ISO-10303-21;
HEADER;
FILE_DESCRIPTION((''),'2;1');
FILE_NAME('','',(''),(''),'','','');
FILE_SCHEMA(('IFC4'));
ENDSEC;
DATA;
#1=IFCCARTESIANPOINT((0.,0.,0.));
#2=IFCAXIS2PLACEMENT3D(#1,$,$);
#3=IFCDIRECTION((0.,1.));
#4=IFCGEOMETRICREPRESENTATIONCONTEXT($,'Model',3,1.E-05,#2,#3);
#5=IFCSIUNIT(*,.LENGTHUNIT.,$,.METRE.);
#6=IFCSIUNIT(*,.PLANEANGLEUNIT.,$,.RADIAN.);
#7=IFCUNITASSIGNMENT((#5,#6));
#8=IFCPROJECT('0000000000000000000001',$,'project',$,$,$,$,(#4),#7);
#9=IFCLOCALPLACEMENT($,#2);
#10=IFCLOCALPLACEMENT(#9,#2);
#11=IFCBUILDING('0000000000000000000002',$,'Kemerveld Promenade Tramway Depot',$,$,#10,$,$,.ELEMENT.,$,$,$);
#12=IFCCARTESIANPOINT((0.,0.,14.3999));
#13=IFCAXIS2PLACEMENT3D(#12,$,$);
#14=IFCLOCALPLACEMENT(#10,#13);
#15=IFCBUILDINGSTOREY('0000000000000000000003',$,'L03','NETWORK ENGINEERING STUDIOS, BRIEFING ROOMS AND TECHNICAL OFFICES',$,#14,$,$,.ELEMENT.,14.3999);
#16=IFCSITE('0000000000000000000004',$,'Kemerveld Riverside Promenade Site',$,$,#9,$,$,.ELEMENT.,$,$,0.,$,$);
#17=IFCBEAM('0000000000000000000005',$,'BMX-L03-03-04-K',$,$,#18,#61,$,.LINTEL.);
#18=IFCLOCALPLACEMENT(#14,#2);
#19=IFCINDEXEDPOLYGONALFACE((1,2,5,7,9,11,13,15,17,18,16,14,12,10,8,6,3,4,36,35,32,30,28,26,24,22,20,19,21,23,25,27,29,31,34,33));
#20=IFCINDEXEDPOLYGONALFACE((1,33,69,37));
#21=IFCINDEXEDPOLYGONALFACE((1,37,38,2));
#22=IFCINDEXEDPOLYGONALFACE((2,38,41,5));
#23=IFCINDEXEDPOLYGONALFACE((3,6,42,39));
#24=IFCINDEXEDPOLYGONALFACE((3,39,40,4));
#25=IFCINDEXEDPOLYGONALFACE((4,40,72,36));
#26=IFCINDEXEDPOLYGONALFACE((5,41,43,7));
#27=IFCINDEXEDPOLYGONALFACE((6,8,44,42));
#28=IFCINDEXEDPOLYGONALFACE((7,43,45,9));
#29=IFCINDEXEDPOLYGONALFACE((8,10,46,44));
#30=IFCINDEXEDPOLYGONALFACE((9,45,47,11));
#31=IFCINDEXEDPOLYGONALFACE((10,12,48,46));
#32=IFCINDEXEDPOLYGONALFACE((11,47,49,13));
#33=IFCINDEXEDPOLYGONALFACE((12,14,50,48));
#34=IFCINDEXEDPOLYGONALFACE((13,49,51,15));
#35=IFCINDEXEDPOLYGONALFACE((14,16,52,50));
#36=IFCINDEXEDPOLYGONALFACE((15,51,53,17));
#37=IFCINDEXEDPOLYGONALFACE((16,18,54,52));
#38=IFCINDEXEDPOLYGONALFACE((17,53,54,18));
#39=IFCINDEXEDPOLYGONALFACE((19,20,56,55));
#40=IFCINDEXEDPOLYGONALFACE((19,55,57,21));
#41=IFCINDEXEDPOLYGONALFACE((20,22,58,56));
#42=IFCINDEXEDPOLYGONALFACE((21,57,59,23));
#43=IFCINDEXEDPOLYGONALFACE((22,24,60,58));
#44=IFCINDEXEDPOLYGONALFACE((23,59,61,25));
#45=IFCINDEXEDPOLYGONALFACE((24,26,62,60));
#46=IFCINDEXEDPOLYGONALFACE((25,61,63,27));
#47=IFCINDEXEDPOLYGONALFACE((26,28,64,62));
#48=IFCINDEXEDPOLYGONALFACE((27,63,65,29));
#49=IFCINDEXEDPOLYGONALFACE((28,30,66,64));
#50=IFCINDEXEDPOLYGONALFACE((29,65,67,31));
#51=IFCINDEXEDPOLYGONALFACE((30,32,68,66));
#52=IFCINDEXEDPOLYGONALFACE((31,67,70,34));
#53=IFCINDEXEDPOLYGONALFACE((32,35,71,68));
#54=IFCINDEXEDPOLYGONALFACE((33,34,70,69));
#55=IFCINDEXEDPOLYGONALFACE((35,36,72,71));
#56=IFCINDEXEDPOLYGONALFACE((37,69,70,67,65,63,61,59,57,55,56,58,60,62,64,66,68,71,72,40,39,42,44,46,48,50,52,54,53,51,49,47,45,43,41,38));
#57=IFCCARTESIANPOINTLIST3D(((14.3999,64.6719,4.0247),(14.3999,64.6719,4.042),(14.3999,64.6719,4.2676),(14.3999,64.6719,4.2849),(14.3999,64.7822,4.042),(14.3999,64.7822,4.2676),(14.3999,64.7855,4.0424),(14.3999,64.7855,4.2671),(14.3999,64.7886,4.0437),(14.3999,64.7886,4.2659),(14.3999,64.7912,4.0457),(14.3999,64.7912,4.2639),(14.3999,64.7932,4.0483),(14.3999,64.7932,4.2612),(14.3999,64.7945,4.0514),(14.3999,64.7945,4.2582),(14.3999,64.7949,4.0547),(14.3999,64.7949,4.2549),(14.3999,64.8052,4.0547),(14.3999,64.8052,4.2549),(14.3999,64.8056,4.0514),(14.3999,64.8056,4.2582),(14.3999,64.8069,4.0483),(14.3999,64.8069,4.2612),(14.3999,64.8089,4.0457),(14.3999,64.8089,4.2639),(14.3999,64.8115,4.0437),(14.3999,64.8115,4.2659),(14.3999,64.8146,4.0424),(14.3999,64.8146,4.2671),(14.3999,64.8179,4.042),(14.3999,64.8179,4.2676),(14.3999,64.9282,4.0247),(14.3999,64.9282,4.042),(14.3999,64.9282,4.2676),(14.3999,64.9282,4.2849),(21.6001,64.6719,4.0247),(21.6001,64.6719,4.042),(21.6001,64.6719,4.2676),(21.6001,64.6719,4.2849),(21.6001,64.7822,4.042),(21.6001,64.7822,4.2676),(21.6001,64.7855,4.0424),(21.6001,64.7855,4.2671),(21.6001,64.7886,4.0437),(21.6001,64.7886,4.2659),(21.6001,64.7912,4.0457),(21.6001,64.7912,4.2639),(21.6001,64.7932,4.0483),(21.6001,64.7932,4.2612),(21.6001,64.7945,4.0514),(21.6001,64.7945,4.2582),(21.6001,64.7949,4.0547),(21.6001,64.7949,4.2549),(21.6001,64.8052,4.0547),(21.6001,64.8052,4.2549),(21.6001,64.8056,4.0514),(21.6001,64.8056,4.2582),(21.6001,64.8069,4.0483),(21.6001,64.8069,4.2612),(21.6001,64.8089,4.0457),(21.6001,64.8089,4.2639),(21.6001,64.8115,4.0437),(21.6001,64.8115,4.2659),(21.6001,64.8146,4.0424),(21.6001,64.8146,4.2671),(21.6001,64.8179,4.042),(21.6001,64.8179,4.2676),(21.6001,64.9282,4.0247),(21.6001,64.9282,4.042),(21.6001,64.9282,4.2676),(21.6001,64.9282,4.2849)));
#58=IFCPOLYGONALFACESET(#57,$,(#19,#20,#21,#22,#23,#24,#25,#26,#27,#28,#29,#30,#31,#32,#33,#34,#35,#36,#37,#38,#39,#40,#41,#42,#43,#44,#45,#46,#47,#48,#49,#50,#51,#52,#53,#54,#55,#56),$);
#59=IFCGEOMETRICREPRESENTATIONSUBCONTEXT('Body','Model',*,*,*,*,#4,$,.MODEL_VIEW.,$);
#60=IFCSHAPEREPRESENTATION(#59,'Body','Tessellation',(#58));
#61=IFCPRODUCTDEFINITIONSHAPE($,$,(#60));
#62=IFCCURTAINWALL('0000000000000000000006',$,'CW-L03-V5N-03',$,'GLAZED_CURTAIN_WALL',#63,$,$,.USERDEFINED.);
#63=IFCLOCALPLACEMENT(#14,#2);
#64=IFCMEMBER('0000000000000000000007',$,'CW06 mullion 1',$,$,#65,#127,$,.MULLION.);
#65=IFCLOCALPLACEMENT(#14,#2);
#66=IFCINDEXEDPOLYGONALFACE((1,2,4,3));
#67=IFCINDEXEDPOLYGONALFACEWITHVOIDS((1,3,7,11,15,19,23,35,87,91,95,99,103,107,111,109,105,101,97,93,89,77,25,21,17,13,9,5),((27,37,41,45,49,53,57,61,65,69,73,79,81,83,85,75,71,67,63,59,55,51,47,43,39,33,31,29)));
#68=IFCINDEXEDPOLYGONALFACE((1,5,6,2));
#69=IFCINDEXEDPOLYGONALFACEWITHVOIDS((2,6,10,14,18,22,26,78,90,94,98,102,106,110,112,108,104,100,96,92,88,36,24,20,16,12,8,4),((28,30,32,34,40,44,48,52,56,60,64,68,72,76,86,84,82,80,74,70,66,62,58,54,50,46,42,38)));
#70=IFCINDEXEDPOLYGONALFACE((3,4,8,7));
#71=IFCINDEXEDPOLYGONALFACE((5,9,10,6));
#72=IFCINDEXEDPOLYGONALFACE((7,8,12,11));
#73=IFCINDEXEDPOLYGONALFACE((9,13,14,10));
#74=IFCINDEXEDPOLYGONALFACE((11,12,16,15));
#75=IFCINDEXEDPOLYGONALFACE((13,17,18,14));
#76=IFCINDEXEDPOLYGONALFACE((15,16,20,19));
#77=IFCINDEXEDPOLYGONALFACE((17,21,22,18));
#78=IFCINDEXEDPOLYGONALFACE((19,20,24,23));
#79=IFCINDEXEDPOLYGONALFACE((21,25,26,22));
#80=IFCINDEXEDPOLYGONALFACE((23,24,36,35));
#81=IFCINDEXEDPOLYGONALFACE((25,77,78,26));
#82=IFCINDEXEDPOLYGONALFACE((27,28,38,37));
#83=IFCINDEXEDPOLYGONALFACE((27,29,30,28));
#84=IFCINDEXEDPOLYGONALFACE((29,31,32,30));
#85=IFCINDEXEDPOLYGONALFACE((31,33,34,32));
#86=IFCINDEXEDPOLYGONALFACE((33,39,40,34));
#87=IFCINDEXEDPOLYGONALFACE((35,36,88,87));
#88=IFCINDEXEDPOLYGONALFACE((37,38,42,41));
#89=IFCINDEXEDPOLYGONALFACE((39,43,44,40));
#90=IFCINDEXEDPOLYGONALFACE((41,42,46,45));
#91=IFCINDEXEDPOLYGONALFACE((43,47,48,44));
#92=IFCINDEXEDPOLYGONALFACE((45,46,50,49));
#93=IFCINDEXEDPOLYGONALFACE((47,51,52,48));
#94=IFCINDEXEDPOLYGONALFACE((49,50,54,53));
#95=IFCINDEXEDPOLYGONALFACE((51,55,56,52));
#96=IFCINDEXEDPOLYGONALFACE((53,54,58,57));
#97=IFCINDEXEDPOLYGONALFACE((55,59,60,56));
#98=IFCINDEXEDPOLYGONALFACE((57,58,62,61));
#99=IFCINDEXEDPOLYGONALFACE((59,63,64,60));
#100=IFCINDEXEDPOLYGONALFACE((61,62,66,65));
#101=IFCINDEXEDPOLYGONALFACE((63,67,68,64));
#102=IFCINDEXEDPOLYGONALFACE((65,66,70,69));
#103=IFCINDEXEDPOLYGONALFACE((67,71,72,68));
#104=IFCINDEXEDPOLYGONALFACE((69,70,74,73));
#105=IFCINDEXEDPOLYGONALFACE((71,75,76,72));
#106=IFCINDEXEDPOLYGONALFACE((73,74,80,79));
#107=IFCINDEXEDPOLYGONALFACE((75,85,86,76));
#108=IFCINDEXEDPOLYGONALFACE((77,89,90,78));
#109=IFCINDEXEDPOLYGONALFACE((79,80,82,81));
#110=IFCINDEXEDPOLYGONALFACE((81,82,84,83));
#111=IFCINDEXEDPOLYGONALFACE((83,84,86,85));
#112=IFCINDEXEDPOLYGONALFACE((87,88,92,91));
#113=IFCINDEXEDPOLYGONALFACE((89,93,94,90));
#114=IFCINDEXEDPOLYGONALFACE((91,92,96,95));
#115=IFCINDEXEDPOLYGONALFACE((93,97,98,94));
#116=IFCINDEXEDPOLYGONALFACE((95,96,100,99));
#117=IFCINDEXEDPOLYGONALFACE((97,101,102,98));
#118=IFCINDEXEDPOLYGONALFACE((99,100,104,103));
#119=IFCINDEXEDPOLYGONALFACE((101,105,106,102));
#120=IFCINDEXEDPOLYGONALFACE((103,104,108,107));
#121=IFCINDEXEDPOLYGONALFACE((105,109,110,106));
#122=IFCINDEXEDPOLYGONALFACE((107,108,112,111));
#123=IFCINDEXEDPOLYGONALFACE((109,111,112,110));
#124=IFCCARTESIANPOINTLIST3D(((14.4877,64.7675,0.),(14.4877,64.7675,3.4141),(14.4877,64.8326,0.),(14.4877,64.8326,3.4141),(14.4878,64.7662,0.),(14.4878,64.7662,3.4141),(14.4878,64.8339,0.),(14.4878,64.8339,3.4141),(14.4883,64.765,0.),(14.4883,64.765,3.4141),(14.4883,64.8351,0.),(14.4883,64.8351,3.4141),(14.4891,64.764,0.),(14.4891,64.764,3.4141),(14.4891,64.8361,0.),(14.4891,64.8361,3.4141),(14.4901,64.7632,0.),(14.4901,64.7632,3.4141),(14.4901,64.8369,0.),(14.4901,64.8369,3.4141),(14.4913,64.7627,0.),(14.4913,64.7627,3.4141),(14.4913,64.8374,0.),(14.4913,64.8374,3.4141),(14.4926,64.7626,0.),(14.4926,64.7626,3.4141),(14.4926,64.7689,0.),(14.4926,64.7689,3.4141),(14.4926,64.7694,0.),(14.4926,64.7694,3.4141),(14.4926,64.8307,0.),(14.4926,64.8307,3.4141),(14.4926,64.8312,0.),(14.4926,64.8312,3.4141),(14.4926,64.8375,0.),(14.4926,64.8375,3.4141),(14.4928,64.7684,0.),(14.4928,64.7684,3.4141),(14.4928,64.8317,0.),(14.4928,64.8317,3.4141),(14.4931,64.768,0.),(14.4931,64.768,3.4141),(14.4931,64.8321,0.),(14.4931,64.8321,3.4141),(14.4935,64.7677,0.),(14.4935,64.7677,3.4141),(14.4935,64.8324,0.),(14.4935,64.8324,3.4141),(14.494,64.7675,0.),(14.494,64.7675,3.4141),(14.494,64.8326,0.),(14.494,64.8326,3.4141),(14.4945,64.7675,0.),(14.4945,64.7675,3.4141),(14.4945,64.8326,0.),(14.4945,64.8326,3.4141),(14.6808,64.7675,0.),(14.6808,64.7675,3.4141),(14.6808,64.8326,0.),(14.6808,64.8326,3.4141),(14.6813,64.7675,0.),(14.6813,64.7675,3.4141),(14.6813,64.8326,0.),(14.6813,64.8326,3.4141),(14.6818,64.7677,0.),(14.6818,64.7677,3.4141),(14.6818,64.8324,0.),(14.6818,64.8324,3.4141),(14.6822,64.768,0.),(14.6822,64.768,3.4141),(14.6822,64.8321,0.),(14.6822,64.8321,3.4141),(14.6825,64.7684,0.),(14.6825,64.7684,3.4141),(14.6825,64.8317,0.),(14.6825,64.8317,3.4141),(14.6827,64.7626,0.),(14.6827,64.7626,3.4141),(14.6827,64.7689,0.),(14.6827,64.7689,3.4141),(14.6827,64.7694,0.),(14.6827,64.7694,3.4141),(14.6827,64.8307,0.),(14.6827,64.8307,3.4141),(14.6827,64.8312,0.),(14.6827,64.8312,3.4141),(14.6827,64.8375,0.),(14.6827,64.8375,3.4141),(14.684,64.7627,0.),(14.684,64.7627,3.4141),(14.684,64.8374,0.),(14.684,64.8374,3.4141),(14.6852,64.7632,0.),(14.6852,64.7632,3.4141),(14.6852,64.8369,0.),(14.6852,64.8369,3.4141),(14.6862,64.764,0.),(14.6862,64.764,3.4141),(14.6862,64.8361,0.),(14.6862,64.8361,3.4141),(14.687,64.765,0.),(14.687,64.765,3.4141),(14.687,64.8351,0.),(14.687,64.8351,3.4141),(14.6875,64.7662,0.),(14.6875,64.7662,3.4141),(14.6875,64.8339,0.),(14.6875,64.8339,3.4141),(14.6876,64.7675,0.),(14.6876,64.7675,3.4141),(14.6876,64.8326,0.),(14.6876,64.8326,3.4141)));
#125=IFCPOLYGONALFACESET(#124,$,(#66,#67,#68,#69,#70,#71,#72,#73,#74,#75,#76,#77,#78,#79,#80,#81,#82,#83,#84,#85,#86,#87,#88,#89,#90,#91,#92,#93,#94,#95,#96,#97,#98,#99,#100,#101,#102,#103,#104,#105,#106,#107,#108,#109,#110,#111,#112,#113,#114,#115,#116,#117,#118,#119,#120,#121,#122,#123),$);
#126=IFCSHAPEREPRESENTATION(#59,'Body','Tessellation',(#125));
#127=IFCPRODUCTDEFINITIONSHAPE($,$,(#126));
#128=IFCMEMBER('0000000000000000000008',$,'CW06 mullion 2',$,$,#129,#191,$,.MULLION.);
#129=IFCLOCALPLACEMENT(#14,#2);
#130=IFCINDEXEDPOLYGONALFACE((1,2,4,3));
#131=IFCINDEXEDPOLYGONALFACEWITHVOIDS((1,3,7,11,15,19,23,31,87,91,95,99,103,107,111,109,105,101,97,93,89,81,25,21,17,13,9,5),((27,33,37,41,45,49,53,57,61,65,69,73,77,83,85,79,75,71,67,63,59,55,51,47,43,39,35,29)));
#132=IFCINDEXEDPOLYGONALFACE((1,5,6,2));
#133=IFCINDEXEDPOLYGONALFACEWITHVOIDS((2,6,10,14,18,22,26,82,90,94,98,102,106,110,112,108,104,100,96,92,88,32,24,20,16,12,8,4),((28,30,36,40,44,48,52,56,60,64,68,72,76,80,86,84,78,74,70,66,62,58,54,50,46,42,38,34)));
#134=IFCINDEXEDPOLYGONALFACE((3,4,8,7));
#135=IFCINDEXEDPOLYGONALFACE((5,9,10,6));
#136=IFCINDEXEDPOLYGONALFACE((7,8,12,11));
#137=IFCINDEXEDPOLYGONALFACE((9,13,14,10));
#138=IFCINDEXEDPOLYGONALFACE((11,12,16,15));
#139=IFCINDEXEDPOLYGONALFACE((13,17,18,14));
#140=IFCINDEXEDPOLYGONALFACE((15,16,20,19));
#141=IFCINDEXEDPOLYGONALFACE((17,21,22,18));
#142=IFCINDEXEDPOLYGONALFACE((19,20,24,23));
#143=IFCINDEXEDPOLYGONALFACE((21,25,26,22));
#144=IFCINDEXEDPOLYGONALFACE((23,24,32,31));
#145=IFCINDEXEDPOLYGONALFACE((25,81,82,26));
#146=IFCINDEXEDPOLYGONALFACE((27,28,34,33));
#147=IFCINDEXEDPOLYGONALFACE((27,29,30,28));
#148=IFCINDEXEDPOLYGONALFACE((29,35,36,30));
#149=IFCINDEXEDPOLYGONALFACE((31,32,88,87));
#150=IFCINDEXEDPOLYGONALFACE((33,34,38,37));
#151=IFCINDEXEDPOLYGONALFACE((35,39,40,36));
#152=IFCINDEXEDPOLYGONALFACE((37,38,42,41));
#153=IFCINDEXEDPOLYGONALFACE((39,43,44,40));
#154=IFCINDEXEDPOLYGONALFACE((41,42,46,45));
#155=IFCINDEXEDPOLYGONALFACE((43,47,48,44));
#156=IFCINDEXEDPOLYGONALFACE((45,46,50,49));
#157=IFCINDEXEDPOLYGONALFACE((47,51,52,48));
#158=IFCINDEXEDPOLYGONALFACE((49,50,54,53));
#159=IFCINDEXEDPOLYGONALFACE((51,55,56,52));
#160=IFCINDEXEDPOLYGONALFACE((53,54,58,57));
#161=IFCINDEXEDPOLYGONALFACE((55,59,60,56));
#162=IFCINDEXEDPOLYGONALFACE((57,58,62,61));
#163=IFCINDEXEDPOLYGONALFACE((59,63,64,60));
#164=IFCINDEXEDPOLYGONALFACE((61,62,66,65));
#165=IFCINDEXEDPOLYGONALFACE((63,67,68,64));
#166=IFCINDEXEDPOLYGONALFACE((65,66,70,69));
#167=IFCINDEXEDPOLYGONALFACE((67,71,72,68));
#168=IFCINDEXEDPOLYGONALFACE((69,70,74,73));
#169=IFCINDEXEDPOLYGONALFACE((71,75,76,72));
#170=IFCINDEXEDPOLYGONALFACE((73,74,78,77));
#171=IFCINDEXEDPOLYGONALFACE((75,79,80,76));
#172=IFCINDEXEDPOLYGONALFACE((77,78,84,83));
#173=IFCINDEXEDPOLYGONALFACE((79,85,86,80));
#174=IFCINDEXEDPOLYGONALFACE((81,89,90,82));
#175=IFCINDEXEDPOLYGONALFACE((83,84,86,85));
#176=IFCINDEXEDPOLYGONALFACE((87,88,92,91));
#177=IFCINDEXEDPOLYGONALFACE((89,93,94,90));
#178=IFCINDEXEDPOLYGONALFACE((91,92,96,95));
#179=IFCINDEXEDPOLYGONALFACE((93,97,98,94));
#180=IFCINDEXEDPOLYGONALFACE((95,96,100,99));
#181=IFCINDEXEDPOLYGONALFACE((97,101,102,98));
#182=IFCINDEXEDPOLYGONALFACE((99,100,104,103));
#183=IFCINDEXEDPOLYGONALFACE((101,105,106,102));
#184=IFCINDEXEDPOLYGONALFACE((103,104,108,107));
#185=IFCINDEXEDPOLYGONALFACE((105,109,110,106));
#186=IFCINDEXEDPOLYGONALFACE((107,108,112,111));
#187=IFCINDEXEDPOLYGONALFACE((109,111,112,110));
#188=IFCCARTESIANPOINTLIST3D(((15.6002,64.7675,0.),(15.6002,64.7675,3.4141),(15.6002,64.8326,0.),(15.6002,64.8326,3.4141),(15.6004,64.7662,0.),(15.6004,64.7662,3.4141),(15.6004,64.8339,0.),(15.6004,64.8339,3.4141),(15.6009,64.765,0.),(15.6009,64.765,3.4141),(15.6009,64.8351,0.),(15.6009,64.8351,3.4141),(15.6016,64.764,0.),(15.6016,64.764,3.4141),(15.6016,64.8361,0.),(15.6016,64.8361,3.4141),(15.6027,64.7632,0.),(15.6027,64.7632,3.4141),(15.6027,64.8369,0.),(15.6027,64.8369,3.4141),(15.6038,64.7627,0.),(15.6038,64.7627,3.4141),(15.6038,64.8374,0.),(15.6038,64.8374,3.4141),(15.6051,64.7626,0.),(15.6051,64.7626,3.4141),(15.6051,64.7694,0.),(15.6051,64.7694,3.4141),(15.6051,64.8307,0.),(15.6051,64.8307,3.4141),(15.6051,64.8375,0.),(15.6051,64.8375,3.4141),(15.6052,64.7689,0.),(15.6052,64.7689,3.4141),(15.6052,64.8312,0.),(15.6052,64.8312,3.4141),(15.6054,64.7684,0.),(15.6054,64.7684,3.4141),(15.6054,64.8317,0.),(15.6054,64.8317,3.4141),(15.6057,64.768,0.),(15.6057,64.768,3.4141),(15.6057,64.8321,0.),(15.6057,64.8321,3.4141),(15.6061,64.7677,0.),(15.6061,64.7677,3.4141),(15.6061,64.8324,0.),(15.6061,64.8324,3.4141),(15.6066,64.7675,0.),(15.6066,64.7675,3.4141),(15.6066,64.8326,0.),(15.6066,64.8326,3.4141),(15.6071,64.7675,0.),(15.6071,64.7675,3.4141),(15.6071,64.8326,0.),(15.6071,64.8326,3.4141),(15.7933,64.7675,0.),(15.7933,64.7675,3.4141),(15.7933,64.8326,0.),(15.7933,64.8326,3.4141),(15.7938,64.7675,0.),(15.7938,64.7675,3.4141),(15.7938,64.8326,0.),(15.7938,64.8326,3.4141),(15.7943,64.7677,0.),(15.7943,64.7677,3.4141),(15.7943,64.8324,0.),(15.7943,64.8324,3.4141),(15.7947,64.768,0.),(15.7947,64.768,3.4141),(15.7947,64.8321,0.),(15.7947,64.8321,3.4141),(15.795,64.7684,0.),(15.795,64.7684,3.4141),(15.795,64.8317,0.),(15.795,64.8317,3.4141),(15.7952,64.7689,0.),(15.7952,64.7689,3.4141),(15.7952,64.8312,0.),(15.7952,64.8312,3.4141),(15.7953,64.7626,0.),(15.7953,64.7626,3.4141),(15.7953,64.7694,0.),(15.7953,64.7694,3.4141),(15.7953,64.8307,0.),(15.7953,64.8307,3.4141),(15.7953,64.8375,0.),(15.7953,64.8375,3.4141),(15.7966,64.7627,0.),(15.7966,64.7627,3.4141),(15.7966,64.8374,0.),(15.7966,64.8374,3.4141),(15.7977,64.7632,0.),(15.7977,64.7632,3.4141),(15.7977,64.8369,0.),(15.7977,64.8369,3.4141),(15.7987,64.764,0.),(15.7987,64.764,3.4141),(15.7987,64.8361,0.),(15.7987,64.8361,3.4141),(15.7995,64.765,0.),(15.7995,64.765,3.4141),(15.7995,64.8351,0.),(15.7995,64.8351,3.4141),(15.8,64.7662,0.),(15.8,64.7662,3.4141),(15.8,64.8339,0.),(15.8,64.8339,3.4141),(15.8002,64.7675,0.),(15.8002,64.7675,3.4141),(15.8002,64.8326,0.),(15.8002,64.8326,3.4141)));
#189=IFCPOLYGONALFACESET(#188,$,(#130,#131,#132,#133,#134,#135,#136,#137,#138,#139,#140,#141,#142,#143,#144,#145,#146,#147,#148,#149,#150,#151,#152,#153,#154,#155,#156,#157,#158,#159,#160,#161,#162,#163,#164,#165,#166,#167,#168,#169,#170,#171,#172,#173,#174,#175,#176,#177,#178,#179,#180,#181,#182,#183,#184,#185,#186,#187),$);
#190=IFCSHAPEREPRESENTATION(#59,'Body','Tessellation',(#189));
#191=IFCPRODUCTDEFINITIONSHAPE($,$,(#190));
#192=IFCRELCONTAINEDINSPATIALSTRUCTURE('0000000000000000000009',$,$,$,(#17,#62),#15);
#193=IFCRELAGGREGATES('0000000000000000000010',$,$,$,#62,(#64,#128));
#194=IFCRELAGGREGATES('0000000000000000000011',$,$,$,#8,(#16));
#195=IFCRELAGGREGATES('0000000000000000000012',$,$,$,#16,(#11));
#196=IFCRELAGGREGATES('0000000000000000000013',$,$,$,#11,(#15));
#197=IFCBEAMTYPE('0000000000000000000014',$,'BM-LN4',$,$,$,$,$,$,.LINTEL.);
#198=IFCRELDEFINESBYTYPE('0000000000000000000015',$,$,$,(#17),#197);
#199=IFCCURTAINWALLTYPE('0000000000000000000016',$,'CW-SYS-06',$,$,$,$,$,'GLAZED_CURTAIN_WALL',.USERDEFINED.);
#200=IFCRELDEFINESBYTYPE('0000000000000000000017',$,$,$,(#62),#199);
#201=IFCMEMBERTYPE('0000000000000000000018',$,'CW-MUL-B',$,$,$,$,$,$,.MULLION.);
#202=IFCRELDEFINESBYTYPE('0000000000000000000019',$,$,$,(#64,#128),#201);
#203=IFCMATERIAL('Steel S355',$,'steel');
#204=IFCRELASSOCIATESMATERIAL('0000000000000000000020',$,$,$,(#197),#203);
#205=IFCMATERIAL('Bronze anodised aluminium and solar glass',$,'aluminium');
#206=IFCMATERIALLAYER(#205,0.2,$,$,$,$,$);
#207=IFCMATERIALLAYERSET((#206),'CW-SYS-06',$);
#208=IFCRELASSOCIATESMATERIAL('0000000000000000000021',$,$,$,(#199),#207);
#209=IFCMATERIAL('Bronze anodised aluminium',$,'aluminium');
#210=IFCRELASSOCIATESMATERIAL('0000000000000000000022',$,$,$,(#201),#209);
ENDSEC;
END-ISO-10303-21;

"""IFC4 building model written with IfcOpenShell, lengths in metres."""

from ifc_helpers import new_model, si_unit, direction, frame, origin, origin_2d, place, context, subcontext, project, spatial, hollow_rectangle, i_section, extrude, material, layer, layer_set, material_profile, profile_set, type_object, element, aggregate, save


model = new_model("IFC4")

# Units and contexts
model_context = context("Model", 3, precision=1e-05, world=origin(), true_north=direction((0.0, 1.0)))
body_context = subcontext(model_context, "Body", "Model", "MODEL_VIEW")
ifc_project = project(units=[si_unit("LENGTHUNIT", "METRE"), si_unit("PLANEANGLEUNIT", "RADIAN")], contexts=[model_context])

# Site, building, storey
site_placement = place(None, origin())
site = spatial("IfcSite", under=ifc_project, at=site_placement, Name="Kemerveld Riverside Promenade Site", CompositionType="ELEMENT", RefElevation=0.0)
building_placement = place(site_placement, origin())
building = spatial("IfcBuilding", under=site, at=building_placement, Name="Kemerveld Promenade Tramway Depot", CompositionType="ELEMENT")
storey_placement = place(building_placement, frame((0.0, 0.0, 14.3999)))
storey = spatial("IfcBuildingStorey", under=building, at=storey_placement, Name="L03", Description="NETWORK ENGINEERING STUDIOS, BRIEFING ROOMS AND TECHNICAL OFFICES", CompositionType="ELEMENT", Elevation=14.3999)

# Shared definitions
ifc_material_1 = material(Name="Steel S355", Category="steel")

# Beam
ifc_material_profile_1 = material_profile(ifc_material_1, i_section(OverallWidth=0.2563, OverallDepth=0.2603, WebThickness=0.0103, FlangeThickness=0.0173, FilletRadius=0.0127, at=origin_2d()), Name="254x254x89 UC")
ifc_profile_set_1 = profile_set([ifc_material_profile_1], Name="Steel S355")
beam_type_1 = type_object("IfcBeamType", Name="BM-LN4", PredefinedType="LINTEL", material=ifc_profile_set_1)
beam_1_placement = place(storey_placement, frame((14.3999, 64.8, 4.1548), z_axis=(1.0, 0.0, 0.0), x_axis=(0.0, 1.0, 0.0)))
element("IfcBeam", 1, at=beam_1_placement, inside=storey, type_object=beam_type_1, Name="BMX-L03-03-04-K", PredefinedType="LINTEL", context=body_context, shape_type="SweptSolid", body=[
    extrude(i_section(OverallWidth=0.2563, OverallDepth=0.2603, WebThickness=0.0103, FlangeThickness=0.0173, FilletRadius=0.0127, at=origin_2d()), origin(), (0.0, 0.0, 1.0), 7.2002),
])

# Curtain wall, members
ifc_material_2 = material(Name="Bronze anodised aluminium and solar glass", Category="aluminium")
ifc_layer_1 = layer(ifc_material_2, 0.2)
ifc_layer_set_1 = layer_set([ifc_layer_1], Name="CW-SYS-06")
curtain_wall_type = type_object("IfcCurtainWallType", Name="CW-SYS-06", ElementType="GLAZED_CURTAIN_WALL", PredefinedType="USERDEFINED", material=ifc_layer_set_1)
curtain_wall_placement = place(storey_placement, origin())
curtain_wall = element("IfcCurtainWall", 2, at=curtain_wall_placement, inside=storey, type_object=curtain_wall_type, Name="CW-L03-V5N-03", ObjectType="GLAZED_CURTAIN_WALL", PredefinedType="USERDEFINED")
ifc_material_3 = material(Name="Bronze anodised aluminium", Category="aluminium")
ifc_material_profile_2 = material_profile(ifc_material_3, hollow_rectangle(XDim=0.075, YDim=0.2, WallThickness=0.0049, InnerFilletRadius=0.002, OuterFilletRadius=0.0049, at=origin_2d()), Name="CW-MUL-200x75")
ifc_profile_set_2 = profile_set([ifc_material_profile_2], Name="Bronze anodised aluminium")
member_type_1 = type_object("IfcMemberType", Name="CW-MUL-B", PredefinedType="MULLION", material=ifc_profile_set_2)
member_1_placement = place(storey_placement, frame((14.5876, 64.8, 0.0), z_axis=(0.0, 0.0, 1.0), x_axis=(0.0, 1.0, 0.0)))
member_1 = element("IfcMember", 3, at=member_1_placement, type_object=member_type_1, Name="CW06 mullion 1", PredefinedType="MULLION", context=body_context, shape_type="SweptSolid", body=[
    extrude(hollow_rectangle(XDim=0.075, YDim=0.2, WallThickness=0.0049, InnerFilletRadius=0.002, OuterFilletRadius=0.0049, at=origin_2d()), origin(), (0.0, 0.0, 1.0), 3.4141),
])
member_2_placement = place(storey_placement, frame((15.7002, 64.8, 0.0), z_axis=(0.0, 0.0, 1.0), x_axis=(0.0, 1.0, 0.0)))
member_2 = element("IfcMember", 4, at=member_2_placement, type_object=member_type_1, Name="CW06 mullion 2", PredefinedType="MULLION", context=body_context, shape_type="SweptSolid", body=[
    extrude(hollow_rectangle(XDim=0.075, YDim=0.2, WallThickness=0.0049, InnerFilletRadius=0.002, OuterFilletRadius=0.0049, at=origin_2d()), origin(), (0.0, 0.0, 1.0), 3.4141),
])
aggregate(curtain_wall, [member_1, member_2])

save(model, "model.ifc")
